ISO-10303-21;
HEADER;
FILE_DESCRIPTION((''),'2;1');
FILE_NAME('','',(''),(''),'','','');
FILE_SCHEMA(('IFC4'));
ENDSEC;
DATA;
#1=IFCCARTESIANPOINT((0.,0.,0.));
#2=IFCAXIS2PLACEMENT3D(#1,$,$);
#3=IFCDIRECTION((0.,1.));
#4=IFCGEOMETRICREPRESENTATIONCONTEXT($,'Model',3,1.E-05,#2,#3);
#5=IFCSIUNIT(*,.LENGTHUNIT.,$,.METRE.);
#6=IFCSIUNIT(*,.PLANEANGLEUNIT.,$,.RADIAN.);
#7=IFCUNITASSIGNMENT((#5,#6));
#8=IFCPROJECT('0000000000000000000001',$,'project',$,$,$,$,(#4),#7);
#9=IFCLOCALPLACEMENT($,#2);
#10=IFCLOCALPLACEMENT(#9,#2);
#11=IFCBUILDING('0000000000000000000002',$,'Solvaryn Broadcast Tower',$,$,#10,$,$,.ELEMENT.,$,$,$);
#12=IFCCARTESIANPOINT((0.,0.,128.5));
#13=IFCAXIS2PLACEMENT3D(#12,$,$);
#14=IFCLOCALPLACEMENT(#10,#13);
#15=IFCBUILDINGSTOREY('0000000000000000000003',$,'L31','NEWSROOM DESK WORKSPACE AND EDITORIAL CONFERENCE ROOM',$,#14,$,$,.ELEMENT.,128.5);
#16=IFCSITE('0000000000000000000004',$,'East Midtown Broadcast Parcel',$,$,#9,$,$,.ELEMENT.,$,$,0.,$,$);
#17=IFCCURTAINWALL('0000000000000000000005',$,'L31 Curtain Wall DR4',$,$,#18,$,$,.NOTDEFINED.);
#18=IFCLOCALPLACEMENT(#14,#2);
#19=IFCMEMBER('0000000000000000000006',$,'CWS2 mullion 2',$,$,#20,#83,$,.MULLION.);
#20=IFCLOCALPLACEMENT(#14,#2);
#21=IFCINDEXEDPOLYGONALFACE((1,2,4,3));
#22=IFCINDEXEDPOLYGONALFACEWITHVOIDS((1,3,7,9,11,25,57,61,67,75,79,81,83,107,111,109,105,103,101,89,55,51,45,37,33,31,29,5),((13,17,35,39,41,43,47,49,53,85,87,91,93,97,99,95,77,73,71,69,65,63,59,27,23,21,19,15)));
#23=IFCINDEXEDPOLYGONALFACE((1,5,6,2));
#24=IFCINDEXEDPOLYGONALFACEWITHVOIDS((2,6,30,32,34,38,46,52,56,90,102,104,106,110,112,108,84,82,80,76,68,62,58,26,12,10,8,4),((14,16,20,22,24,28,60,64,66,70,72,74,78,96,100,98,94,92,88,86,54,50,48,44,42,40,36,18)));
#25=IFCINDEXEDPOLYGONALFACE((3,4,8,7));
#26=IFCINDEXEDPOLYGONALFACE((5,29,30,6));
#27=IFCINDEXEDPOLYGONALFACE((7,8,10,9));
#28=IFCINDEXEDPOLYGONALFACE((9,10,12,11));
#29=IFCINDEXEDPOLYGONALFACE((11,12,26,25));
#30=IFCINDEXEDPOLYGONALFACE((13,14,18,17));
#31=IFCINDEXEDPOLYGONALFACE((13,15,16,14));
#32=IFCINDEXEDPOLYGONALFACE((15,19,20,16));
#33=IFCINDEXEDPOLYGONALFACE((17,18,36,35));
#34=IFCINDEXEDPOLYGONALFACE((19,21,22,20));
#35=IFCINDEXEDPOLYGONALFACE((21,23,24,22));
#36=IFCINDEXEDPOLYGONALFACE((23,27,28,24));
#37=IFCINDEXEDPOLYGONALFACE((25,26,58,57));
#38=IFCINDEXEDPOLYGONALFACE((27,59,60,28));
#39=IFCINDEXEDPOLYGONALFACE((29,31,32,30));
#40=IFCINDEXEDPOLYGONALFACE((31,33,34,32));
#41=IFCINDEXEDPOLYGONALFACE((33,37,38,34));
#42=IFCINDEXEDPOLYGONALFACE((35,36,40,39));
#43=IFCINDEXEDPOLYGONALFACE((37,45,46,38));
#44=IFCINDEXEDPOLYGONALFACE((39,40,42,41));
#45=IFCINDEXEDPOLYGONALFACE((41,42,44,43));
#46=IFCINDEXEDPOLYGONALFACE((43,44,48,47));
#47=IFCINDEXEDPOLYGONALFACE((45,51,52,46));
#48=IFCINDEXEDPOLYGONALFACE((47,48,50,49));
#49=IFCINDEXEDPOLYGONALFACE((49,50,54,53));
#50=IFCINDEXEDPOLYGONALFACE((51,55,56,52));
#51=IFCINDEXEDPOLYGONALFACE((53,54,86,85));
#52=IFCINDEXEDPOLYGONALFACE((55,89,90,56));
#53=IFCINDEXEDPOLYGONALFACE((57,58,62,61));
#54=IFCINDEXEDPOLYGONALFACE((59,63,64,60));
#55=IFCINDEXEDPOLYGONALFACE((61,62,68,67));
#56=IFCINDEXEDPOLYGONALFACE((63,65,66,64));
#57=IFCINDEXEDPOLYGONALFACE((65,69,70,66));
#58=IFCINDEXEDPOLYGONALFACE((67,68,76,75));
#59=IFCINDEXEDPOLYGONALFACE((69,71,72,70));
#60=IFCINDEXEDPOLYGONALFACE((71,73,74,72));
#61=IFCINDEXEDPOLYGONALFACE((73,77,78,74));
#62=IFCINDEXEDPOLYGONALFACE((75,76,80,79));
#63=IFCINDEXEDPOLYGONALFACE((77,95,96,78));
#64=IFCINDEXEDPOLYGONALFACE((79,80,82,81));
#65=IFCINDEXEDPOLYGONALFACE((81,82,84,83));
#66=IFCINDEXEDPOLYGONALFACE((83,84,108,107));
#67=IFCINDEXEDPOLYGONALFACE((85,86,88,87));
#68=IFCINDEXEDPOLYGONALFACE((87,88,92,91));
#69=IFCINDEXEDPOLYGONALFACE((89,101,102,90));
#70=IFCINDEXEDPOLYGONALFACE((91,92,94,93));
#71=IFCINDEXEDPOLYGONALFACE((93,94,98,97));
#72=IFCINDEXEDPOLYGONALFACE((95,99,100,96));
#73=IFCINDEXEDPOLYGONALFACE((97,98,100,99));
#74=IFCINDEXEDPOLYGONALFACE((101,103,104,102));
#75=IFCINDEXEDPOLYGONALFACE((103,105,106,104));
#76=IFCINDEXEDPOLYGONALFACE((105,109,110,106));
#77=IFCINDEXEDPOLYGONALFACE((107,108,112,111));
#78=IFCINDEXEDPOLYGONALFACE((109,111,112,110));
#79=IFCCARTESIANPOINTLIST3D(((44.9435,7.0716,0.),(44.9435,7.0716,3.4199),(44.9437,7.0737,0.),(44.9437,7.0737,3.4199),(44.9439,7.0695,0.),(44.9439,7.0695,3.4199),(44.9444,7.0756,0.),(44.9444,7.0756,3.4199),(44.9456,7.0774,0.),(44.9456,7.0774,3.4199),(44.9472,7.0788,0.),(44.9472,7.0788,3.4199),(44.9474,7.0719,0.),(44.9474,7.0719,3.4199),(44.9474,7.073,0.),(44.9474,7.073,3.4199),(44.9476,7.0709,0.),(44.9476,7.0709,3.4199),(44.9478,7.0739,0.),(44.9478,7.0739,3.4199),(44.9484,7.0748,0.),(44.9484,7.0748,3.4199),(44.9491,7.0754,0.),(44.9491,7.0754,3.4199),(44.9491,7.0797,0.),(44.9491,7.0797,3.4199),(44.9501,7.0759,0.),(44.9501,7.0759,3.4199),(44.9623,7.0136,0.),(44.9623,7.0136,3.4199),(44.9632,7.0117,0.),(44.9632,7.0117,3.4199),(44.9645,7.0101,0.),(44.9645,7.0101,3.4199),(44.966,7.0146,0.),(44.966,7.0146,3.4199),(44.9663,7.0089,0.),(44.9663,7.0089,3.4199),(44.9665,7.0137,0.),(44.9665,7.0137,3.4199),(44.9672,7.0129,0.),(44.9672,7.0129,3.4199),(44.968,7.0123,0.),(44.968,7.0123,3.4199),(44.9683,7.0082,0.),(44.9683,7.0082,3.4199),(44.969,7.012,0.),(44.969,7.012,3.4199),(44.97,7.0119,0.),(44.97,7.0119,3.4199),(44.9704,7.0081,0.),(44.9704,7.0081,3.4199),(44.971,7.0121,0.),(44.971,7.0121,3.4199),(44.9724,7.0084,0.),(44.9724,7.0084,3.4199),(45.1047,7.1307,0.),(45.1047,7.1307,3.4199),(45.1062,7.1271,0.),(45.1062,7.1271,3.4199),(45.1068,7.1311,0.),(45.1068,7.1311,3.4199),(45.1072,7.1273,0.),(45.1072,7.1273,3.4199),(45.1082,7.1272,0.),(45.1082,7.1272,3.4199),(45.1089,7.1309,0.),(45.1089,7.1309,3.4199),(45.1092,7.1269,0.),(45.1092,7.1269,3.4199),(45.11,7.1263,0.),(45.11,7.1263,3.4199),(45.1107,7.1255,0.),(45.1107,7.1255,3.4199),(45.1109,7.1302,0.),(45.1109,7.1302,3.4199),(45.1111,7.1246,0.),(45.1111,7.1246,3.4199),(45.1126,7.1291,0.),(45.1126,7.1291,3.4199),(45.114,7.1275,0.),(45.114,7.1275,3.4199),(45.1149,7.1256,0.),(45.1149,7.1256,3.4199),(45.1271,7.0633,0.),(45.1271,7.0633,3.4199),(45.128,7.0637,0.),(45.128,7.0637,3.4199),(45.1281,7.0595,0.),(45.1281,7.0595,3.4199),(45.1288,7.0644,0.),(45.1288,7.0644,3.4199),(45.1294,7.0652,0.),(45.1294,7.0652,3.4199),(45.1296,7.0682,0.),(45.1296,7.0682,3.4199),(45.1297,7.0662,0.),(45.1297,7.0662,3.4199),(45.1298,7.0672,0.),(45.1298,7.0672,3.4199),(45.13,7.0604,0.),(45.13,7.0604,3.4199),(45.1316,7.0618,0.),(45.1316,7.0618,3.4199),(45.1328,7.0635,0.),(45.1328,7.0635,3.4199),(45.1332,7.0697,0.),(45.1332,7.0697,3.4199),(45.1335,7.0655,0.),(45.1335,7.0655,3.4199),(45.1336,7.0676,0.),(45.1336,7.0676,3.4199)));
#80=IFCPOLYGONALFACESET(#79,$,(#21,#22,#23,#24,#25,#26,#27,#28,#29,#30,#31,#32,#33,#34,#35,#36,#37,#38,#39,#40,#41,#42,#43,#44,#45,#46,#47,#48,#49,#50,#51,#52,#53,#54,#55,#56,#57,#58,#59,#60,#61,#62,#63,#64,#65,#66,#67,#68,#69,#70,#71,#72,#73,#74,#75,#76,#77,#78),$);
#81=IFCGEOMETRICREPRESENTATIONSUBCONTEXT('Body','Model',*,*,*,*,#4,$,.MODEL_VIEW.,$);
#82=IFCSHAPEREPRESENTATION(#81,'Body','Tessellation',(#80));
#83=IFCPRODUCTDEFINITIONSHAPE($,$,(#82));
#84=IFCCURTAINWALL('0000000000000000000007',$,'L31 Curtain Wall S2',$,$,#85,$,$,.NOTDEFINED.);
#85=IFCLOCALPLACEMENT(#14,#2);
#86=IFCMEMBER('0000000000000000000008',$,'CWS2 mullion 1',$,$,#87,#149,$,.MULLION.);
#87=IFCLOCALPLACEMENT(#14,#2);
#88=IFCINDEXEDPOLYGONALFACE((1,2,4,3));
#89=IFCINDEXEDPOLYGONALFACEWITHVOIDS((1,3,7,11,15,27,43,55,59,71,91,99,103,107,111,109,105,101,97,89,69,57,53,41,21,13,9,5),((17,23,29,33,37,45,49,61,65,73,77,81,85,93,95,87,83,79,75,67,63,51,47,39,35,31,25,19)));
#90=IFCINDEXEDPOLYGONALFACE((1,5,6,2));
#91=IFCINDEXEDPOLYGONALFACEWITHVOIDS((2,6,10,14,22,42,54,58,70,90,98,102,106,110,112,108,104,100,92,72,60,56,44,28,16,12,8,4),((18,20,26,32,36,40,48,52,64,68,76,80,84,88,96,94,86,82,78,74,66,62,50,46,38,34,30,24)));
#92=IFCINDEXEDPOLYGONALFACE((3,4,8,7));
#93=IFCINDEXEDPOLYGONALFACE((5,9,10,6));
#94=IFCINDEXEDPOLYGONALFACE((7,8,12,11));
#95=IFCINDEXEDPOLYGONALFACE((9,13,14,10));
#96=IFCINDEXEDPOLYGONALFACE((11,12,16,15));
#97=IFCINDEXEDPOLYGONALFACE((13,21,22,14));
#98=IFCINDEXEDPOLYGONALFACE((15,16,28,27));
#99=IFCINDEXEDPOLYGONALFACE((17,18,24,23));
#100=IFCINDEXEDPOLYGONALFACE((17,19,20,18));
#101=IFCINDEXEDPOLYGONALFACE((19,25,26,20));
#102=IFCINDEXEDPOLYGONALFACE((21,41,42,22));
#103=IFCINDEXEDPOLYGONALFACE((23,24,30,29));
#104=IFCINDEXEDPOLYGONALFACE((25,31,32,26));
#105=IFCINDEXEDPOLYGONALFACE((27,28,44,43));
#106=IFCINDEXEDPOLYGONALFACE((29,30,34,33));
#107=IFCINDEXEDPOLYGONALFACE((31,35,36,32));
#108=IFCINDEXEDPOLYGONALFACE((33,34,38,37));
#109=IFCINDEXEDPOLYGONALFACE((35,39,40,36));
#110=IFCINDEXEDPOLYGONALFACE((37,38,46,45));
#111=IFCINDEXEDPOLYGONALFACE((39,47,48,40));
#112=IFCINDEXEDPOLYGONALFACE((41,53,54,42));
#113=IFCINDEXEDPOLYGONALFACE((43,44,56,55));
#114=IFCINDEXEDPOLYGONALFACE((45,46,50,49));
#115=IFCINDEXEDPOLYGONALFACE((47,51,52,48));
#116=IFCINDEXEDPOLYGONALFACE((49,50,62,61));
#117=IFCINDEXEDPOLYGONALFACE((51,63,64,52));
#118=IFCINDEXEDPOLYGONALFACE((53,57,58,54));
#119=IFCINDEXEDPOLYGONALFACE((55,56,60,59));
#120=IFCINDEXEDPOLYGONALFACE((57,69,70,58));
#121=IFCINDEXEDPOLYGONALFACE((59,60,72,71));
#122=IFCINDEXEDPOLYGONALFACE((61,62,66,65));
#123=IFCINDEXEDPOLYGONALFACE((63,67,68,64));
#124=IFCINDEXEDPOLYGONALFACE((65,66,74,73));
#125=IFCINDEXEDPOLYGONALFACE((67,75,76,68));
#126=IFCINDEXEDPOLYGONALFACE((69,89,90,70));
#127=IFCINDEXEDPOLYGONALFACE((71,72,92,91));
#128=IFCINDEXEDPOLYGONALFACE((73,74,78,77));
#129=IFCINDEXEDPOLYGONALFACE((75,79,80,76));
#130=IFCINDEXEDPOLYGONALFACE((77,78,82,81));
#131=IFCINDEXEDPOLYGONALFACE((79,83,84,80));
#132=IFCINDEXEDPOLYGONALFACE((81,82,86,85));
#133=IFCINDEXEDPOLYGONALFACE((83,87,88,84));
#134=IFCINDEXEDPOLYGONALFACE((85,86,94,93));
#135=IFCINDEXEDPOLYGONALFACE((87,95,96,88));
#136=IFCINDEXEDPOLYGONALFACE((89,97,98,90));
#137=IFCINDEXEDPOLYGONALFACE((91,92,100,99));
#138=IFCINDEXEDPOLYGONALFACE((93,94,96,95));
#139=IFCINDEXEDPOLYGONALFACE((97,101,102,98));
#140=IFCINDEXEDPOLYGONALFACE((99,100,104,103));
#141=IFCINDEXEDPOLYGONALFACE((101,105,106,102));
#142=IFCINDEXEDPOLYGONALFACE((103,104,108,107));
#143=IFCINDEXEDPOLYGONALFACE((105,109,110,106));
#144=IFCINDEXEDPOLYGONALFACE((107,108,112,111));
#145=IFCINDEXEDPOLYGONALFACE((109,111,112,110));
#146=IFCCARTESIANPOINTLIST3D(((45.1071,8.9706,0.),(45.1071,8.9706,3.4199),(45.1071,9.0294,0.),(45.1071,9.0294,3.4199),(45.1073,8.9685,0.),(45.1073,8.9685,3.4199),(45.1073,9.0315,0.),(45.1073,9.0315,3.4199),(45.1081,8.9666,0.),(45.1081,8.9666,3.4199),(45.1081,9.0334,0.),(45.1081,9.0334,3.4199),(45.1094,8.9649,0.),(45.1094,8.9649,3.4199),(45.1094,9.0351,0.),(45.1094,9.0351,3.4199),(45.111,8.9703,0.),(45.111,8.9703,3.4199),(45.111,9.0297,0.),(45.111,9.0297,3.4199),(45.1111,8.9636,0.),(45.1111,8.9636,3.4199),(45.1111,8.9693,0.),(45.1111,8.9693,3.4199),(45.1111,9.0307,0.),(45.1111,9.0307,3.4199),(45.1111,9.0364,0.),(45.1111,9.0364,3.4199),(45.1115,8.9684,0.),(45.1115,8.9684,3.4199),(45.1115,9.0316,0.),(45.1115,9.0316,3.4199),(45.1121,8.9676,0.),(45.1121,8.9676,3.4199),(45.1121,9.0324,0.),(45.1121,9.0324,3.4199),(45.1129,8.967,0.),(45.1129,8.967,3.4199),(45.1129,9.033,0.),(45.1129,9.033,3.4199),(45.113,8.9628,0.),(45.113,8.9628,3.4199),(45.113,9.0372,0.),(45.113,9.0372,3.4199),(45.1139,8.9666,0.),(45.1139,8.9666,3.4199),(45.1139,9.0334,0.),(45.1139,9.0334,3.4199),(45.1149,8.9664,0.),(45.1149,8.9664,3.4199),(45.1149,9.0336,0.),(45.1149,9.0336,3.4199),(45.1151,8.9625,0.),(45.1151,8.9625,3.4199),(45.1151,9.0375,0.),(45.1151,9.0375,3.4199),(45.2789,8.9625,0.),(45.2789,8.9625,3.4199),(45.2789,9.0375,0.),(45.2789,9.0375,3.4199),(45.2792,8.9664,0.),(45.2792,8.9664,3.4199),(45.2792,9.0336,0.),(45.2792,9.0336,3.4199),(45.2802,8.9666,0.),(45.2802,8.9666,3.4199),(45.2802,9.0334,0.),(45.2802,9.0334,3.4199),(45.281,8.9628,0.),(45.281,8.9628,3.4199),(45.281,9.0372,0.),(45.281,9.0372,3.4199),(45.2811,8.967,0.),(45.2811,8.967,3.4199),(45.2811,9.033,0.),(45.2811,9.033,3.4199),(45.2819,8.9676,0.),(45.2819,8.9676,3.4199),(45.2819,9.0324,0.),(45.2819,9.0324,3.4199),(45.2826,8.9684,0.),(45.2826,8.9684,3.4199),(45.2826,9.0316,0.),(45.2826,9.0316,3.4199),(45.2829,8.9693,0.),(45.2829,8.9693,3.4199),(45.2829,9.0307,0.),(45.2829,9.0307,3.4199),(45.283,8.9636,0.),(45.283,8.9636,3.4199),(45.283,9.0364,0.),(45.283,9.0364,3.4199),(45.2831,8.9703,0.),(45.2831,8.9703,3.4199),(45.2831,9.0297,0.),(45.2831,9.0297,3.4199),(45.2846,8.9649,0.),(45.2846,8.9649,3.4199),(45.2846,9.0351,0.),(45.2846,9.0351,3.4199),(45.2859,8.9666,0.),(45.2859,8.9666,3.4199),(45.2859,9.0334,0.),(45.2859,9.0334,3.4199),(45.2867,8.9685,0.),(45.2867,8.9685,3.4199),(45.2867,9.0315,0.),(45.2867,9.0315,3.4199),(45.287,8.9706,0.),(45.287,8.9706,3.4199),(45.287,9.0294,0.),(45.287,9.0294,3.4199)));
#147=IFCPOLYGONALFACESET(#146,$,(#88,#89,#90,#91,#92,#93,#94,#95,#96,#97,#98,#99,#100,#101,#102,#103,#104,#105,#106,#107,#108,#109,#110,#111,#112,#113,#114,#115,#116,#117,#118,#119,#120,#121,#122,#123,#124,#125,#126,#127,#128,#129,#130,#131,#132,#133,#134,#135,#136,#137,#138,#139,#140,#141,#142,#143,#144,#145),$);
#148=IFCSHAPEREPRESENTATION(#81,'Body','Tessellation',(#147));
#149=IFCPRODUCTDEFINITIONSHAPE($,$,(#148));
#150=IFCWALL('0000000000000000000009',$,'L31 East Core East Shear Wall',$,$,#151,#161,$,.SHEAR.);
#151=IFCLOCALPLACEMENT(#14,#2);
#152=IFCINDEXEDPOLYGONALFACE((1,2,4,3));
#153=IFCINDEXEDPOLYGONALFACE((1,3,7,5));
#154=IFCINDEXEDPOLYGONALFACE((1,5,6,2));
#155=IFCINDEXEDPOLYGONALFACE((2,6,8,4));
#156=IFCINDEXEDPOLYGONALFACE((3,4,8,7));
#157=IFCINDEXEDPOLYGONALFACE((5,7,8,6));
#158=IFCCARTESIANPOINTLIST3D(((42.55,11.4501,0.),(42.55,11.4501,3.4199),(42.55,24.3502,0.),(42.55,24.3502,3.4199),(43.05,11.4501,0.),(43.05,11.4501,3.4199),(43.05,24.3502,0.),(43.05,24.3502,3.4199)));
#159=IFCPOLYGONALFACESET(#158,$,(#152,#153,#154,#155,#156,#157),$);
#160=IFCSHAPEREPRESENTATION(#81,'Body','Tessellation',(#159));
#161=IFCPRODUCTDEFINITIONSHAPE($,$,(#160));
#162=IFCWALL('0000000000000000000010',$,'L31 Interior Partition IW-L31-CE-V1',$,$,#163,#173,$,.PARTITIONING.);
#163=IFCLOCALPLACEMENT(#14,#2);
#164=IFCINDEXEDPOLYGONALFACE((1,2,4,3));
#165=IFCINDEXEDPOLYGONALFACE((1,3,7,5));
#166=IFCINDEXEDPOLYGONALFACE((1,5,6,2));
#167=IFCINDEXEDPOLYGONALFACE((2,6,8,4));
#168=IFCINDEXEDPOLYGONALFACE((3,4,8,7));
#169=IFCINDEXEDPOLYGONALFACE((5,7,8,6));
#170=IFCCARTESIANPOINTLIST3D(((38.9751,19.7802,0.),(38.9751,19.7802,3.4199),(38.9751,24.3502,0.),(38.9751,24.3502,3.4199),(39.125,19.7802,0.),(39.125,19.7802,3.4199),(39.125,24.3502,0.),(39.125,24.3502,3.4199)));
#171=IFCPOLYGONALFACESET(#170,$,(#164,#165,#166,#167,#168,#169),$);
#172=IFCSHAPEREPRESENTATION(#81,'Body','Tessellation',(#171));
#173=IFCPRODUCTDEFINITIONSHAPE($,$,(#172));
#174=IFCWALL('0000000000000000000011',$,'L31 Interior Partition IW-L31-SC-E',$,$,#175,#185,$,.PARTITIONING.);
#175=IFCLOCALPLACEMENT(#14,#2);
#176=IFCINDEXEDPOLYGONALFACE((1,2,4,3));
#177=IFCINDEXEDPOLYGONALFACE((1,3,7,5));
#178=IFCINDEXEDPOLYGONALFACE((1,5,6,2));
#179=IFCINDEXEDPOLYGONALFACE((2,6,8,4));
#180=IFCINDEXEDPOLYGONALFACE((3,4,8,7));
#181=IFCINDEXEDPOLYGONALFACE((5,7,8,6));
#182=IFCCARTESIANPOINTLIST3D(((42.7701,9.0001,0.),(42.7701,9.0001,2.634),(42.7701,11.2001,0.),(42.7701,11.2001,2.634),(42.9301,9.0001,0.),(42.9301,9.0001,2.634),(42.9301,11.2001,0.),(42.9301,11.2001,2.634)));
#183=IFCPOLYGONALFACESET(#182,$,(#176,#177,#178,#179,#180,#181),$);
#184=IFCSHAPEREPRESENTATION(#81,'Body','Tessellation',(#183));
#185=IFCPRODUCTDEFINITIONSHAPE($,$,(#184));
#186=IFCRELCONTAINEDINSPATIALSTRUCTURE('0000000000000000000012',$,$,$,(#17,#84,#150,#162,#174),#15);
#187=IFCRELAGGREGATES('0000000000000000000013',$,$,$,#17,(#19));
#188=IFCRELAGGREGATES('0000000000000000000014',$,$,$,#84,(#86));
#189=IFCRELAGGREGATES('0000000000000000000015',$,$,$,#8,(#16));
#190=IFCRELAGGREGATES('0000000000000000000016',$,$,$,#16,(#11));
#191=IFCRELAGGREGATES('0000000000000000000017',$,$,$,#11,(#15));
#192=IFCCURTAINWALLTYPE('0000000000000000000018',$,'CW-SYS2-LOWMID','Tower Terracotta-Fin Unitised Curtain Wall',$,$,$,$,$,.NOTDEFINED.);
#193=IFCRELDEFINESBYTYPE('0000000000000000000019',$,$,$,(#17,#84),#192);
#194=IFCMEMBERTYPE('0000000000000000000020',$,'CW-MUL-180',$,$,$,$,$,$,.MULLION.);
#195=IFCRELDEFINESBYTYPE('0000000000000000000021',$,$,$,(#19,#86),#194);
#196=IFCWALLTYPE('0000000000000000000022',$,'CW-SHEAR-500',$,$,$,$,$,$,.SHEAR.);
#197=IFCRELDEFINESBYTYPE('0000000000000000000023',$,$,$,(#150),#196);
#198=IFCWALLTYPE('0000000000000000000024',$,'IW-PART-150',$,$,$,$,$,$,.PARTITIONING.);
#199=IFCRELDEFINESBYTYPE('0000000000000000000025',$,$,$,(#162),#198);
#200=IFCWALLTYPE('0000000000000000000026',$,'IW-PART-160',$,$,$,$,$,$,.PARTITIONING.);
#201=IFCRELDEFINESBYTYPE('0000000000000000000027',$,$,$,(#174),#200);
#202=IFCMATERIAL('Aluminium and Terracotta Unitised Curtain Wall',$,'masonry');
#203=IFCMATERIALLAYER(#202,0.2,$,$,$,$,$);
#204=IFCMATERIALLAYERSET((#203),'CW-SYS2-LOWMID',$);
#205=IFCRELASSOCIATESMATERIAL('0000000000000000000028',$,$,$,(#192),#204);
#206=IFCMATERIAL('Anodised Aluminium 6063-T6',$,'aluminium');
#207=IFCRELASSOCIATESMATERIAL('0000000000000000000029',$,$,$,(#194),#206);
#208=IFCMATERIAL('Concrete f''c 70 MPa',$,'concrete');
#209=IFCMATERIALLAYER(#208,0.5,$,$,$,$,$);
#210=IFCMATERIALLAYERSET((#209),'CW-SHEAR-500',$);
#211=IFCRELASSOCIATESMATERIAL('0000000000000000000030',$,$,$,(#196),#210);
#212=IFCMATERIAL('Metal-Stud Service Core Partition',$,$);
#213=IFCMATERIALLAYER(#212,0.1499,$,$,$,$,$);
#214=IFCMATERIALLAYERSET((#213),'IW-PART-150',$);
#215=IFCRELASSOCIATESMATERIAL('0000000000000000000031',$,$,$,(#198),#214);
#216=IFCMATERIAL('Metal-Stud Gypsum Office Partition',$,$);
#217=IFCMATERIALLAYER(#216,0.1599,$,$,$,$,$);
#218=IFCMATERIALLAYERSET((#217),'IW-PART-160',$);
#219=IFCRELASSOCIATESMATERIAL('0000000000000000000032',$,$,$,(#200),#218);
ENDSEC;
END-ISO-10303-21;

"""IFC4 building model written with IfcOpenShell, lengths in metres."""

from ifc_helpers import new_model, si_unit, direction, frame, frame_2d, origin, origin_2d, place, context, subcontext, project, spatial, rectangle, hollow_rectangle, extrude, material, layer, layer_set, material_profile, profile_set, type_object, element, aggregate, save


model = new_model("IFC4")

# Units and contexts
model_context = context("Model", 3, precision=1e-05, world=origin(), true_north=direction((0.0, 1.0)))
body_context = subcontext(model_context, "Body", "Model", "MODEL_VIEW")
ifc_project = project(units=[si_unit("LENGTHUNIT", "METRE"), si_unit("PLANEANGLEUNIT", "RADIAN")], contexts=[model_context])

# Site, building, storey
site_placement = place(None, origin())
site = spatial("IfcSite", under=ifc_project, at=site_placement, Name="East Midtown Broadcast Parcel", CompositionType="ELEMENT", RefElevation=0.0)
building_placement = place(site_placement, origin())
building = spatial("IfcBuilding", under=site, at=building_placement, Name="Solvaryn Broadcast Tower", CompositionType="ELEMENT")
storey_placement = place(building_placement, frame((0.0, 0.0, 128.5)))
storey = spatial("IfcBuildingStorey", under=building, at=storey_placement, Name="L31", Description="NEWSROOM DESK WORKSPACE AND EDITORIAL CONFERENCE ROOM", CompositionType="ELEMENT", Elevation=128.5)

# Curtain walls, members
ifc_material_1 = material(Name="Aluminium and Terracotta Unitised Curtain Wall", Category="masonry")
ifc_layer_1 = layer(ifc_material_1, 0.2)
ifc_layer_set_1 = layer_set([ifc_layer_1], Name="CW-SYS2-LOWMID")
curtain_wall_type = type_object("IfcCurtainWallType", Name="CW-SYS2-LOWMID", Description="Tower Terracotta-Fin Unitised Curtain Wall", PredefinedType="NOTDEFINED", material=ifc_layer_set_1)
curtain_wall_1_placement = place(storey_placement, origin())
curtain_wall_1 = element("IfcCurtainWall", 1, at=curtain_wall_1_placement, inside=storey, type_object=curtain_wall_type, Name="L31 Curtain Wall DR4", PredefinedType="NOTDEFINED")
ifc_material_2 = material(Name="Anodised Aluminium 6063-T6", Category="aluminium")
ifc_material_profile_1 = material_profile(ifc_material_2, hollow_rectangle(XDim=0.075, YDim=0.1799, WallThickness=0.0039, InnerFilletRadius=0.0039, OuterFilletRadius=0.0081, at=origin_2d()))
ifc_profile_set_1 = profile_set([ifc_material_profile_1], Name="Anodised Aluminium 6063-T6")
member_type = type_object("IfcMemberType", Name="CW-MUL-180", PredefinedType="MULLION", material=ifc_profile_set_1)
member_1_placement = place(storey_placement, frame((45.0386, 7.0696, 0.0), z_axis=(0.0, 0.0, 1.0), x_axis=(-0.311646, 0.950198, 0.0)))
member_1 = element("IfcMember", 2, at=member_1_placement, type_object=member_type, Name="CWS2 mullion 2", PredefinedType="MULLION", context=body_context, shape_type="SweptSolid", body=[
    extrude(hollow_rectangle(XDim=0.075, YDim=0.1799, WallThickness=0.0039, InnerFilletRadius=0.0039, OuterFilletRadius=0.0081, at=origin_2d()), origin(), (0.0, 0.0, 1.0), 3.4199),
])
aggregate(curtain_wall_1, [member_1])
curtain_wall_2_placement = place(storey_placement, origin())
curtain_wall_2 = element("IfcCurtainWall", 3, at=curtain_wall_2_placement, inside=storey, type_object=curtain_wall_type, Name="L31 Curtain Wall S2", PredefinedType="NOTDEFINED")
member_2_placement = place(storey_placement, frame((45.197, 9.0, 0.0), z_axis=(0.0, 0.0, 1.0), x_axis=(0.0, 1.0, 0.0)))
member_2 = element("IfcMember", 4, at=member_2_placement, type_object=member_type, Name="CWS2 mullion 1", PredefinedType="MULLION", context=body_context, shape_type="SweptSolid", body=[
    extrude(hollow_rectangle(XDim=0.075, YDim=0.1799, WallThickness=0.0039, InnerFilletRadius=0.0039, OuterFilletRadius=0.0081, at=origin_2d()), origin(), (0.0, 0.0, 1.0), 3.4199),
])
aggregate(curtain_wall_2, [member_2])

# Walls
ifc_material_3 = material(Name="Concrete f'c 70 MPa", Category="concrete")
ifc_layer_2 = layer(ifc_material_3, 0.5)
ifc_layer_set_2 = layer_set([ifc_layer_2], Name="CW-SHEAR-500")
wall_type_1 = type_object("IfcWallType", Name="CW-SHEAR-500", PredefinedType="SHEAR", material=ifc_layer_set_2)
wall_1_placement = place(storey_placement, frame((42.8, 11.45, 0.0), z_axis=(0.0, 0.0, 1.0), x_axis=(0.0, 1.0, 0.0)))
element("IfcWall", 5, at=wall_1_placement, inside=storey, type_object=wall_type_1, Name="L31 East Core East Shear Wall", PredefinedType="SHEAR", context=body_context, shape_type="SweptSolid", body=[
    extrude(rectangle(XDim=12.9001, YDim=0.5, at=frame_2d((6.4502, 0.0))), origin(), (0.0, 0.0, 1.0), 3.4199),
])
ifc_material_4 = material(Name="Metal-Stud Service Core Partition")
ifc_layer_3 = layer(ifc_material_4, 0.1499)
ifc_layer_set_3 = layer_set([ifc_layer_3], Name="IW-PART-150")
wall_type_2 = type_object("IfcWallType", Name="IW-PART-150", PredefinedType="PARTITIONING", material=ifc_layer_set_3)
wall_2_placement = place(storey_placement, frame((39.05, 19.78, 0.0), z_axis=(0.0, 0.0, 1.0), x_axis=(0.0, 1.0, 0.0)))
element("IfcWall", 6, at=wall_2_placement, inside=storey, type_object=wall_type_2, Name="L31 Interior Partition IW-L31-CE-V1", PredefinedType="PARTITIONING", context=body_context, shape_type="SweptSolid", body=[
    extrude(rectangle(XDim=4.5701, YDim=0.1499, at=frame_2d((2.2852, 0.0))), origin(), (0.0, 0.0, 1.0), 3.4199),
])
ifc_material_5 = material(Name="Metal-Stud Gypsum Office Partition")
ifc_layer_4 = layer(ifc_material_5, 0.1599)
ifc_layer_set_4 = layer_set([ifc_layer_4], Name="IW-PART-160")
wall_type_3 = type_object("IfcWallType", Name="IW-PART-160", PredefinedType="PARTITIONING", material=ifc_layer_set_4)
wall_3_placement = place(storey_placement, frame((42.8501, 9.0, 0.0), z_axis=(0.0, 0.0, 1.0), x_axis=(0.0, 1.0, 0.0)))
element("IfcWall", 7, at=wall_3_placement, inside=storey, type_object=wall_type_3, Name="L31 Interior Partition IW-L31-SC-E", PredefinedType="PARTITIONING", context=body_context, shape_type="SweptSolid", body=[
    extrude(rectangle(XDim=2.2, YDim=0.1599, at=frame_2d((1.1001, 0.0))), origin(), (0.0, 0.0, 1.0), 2.634),
])

save(model, "model.ifc")
